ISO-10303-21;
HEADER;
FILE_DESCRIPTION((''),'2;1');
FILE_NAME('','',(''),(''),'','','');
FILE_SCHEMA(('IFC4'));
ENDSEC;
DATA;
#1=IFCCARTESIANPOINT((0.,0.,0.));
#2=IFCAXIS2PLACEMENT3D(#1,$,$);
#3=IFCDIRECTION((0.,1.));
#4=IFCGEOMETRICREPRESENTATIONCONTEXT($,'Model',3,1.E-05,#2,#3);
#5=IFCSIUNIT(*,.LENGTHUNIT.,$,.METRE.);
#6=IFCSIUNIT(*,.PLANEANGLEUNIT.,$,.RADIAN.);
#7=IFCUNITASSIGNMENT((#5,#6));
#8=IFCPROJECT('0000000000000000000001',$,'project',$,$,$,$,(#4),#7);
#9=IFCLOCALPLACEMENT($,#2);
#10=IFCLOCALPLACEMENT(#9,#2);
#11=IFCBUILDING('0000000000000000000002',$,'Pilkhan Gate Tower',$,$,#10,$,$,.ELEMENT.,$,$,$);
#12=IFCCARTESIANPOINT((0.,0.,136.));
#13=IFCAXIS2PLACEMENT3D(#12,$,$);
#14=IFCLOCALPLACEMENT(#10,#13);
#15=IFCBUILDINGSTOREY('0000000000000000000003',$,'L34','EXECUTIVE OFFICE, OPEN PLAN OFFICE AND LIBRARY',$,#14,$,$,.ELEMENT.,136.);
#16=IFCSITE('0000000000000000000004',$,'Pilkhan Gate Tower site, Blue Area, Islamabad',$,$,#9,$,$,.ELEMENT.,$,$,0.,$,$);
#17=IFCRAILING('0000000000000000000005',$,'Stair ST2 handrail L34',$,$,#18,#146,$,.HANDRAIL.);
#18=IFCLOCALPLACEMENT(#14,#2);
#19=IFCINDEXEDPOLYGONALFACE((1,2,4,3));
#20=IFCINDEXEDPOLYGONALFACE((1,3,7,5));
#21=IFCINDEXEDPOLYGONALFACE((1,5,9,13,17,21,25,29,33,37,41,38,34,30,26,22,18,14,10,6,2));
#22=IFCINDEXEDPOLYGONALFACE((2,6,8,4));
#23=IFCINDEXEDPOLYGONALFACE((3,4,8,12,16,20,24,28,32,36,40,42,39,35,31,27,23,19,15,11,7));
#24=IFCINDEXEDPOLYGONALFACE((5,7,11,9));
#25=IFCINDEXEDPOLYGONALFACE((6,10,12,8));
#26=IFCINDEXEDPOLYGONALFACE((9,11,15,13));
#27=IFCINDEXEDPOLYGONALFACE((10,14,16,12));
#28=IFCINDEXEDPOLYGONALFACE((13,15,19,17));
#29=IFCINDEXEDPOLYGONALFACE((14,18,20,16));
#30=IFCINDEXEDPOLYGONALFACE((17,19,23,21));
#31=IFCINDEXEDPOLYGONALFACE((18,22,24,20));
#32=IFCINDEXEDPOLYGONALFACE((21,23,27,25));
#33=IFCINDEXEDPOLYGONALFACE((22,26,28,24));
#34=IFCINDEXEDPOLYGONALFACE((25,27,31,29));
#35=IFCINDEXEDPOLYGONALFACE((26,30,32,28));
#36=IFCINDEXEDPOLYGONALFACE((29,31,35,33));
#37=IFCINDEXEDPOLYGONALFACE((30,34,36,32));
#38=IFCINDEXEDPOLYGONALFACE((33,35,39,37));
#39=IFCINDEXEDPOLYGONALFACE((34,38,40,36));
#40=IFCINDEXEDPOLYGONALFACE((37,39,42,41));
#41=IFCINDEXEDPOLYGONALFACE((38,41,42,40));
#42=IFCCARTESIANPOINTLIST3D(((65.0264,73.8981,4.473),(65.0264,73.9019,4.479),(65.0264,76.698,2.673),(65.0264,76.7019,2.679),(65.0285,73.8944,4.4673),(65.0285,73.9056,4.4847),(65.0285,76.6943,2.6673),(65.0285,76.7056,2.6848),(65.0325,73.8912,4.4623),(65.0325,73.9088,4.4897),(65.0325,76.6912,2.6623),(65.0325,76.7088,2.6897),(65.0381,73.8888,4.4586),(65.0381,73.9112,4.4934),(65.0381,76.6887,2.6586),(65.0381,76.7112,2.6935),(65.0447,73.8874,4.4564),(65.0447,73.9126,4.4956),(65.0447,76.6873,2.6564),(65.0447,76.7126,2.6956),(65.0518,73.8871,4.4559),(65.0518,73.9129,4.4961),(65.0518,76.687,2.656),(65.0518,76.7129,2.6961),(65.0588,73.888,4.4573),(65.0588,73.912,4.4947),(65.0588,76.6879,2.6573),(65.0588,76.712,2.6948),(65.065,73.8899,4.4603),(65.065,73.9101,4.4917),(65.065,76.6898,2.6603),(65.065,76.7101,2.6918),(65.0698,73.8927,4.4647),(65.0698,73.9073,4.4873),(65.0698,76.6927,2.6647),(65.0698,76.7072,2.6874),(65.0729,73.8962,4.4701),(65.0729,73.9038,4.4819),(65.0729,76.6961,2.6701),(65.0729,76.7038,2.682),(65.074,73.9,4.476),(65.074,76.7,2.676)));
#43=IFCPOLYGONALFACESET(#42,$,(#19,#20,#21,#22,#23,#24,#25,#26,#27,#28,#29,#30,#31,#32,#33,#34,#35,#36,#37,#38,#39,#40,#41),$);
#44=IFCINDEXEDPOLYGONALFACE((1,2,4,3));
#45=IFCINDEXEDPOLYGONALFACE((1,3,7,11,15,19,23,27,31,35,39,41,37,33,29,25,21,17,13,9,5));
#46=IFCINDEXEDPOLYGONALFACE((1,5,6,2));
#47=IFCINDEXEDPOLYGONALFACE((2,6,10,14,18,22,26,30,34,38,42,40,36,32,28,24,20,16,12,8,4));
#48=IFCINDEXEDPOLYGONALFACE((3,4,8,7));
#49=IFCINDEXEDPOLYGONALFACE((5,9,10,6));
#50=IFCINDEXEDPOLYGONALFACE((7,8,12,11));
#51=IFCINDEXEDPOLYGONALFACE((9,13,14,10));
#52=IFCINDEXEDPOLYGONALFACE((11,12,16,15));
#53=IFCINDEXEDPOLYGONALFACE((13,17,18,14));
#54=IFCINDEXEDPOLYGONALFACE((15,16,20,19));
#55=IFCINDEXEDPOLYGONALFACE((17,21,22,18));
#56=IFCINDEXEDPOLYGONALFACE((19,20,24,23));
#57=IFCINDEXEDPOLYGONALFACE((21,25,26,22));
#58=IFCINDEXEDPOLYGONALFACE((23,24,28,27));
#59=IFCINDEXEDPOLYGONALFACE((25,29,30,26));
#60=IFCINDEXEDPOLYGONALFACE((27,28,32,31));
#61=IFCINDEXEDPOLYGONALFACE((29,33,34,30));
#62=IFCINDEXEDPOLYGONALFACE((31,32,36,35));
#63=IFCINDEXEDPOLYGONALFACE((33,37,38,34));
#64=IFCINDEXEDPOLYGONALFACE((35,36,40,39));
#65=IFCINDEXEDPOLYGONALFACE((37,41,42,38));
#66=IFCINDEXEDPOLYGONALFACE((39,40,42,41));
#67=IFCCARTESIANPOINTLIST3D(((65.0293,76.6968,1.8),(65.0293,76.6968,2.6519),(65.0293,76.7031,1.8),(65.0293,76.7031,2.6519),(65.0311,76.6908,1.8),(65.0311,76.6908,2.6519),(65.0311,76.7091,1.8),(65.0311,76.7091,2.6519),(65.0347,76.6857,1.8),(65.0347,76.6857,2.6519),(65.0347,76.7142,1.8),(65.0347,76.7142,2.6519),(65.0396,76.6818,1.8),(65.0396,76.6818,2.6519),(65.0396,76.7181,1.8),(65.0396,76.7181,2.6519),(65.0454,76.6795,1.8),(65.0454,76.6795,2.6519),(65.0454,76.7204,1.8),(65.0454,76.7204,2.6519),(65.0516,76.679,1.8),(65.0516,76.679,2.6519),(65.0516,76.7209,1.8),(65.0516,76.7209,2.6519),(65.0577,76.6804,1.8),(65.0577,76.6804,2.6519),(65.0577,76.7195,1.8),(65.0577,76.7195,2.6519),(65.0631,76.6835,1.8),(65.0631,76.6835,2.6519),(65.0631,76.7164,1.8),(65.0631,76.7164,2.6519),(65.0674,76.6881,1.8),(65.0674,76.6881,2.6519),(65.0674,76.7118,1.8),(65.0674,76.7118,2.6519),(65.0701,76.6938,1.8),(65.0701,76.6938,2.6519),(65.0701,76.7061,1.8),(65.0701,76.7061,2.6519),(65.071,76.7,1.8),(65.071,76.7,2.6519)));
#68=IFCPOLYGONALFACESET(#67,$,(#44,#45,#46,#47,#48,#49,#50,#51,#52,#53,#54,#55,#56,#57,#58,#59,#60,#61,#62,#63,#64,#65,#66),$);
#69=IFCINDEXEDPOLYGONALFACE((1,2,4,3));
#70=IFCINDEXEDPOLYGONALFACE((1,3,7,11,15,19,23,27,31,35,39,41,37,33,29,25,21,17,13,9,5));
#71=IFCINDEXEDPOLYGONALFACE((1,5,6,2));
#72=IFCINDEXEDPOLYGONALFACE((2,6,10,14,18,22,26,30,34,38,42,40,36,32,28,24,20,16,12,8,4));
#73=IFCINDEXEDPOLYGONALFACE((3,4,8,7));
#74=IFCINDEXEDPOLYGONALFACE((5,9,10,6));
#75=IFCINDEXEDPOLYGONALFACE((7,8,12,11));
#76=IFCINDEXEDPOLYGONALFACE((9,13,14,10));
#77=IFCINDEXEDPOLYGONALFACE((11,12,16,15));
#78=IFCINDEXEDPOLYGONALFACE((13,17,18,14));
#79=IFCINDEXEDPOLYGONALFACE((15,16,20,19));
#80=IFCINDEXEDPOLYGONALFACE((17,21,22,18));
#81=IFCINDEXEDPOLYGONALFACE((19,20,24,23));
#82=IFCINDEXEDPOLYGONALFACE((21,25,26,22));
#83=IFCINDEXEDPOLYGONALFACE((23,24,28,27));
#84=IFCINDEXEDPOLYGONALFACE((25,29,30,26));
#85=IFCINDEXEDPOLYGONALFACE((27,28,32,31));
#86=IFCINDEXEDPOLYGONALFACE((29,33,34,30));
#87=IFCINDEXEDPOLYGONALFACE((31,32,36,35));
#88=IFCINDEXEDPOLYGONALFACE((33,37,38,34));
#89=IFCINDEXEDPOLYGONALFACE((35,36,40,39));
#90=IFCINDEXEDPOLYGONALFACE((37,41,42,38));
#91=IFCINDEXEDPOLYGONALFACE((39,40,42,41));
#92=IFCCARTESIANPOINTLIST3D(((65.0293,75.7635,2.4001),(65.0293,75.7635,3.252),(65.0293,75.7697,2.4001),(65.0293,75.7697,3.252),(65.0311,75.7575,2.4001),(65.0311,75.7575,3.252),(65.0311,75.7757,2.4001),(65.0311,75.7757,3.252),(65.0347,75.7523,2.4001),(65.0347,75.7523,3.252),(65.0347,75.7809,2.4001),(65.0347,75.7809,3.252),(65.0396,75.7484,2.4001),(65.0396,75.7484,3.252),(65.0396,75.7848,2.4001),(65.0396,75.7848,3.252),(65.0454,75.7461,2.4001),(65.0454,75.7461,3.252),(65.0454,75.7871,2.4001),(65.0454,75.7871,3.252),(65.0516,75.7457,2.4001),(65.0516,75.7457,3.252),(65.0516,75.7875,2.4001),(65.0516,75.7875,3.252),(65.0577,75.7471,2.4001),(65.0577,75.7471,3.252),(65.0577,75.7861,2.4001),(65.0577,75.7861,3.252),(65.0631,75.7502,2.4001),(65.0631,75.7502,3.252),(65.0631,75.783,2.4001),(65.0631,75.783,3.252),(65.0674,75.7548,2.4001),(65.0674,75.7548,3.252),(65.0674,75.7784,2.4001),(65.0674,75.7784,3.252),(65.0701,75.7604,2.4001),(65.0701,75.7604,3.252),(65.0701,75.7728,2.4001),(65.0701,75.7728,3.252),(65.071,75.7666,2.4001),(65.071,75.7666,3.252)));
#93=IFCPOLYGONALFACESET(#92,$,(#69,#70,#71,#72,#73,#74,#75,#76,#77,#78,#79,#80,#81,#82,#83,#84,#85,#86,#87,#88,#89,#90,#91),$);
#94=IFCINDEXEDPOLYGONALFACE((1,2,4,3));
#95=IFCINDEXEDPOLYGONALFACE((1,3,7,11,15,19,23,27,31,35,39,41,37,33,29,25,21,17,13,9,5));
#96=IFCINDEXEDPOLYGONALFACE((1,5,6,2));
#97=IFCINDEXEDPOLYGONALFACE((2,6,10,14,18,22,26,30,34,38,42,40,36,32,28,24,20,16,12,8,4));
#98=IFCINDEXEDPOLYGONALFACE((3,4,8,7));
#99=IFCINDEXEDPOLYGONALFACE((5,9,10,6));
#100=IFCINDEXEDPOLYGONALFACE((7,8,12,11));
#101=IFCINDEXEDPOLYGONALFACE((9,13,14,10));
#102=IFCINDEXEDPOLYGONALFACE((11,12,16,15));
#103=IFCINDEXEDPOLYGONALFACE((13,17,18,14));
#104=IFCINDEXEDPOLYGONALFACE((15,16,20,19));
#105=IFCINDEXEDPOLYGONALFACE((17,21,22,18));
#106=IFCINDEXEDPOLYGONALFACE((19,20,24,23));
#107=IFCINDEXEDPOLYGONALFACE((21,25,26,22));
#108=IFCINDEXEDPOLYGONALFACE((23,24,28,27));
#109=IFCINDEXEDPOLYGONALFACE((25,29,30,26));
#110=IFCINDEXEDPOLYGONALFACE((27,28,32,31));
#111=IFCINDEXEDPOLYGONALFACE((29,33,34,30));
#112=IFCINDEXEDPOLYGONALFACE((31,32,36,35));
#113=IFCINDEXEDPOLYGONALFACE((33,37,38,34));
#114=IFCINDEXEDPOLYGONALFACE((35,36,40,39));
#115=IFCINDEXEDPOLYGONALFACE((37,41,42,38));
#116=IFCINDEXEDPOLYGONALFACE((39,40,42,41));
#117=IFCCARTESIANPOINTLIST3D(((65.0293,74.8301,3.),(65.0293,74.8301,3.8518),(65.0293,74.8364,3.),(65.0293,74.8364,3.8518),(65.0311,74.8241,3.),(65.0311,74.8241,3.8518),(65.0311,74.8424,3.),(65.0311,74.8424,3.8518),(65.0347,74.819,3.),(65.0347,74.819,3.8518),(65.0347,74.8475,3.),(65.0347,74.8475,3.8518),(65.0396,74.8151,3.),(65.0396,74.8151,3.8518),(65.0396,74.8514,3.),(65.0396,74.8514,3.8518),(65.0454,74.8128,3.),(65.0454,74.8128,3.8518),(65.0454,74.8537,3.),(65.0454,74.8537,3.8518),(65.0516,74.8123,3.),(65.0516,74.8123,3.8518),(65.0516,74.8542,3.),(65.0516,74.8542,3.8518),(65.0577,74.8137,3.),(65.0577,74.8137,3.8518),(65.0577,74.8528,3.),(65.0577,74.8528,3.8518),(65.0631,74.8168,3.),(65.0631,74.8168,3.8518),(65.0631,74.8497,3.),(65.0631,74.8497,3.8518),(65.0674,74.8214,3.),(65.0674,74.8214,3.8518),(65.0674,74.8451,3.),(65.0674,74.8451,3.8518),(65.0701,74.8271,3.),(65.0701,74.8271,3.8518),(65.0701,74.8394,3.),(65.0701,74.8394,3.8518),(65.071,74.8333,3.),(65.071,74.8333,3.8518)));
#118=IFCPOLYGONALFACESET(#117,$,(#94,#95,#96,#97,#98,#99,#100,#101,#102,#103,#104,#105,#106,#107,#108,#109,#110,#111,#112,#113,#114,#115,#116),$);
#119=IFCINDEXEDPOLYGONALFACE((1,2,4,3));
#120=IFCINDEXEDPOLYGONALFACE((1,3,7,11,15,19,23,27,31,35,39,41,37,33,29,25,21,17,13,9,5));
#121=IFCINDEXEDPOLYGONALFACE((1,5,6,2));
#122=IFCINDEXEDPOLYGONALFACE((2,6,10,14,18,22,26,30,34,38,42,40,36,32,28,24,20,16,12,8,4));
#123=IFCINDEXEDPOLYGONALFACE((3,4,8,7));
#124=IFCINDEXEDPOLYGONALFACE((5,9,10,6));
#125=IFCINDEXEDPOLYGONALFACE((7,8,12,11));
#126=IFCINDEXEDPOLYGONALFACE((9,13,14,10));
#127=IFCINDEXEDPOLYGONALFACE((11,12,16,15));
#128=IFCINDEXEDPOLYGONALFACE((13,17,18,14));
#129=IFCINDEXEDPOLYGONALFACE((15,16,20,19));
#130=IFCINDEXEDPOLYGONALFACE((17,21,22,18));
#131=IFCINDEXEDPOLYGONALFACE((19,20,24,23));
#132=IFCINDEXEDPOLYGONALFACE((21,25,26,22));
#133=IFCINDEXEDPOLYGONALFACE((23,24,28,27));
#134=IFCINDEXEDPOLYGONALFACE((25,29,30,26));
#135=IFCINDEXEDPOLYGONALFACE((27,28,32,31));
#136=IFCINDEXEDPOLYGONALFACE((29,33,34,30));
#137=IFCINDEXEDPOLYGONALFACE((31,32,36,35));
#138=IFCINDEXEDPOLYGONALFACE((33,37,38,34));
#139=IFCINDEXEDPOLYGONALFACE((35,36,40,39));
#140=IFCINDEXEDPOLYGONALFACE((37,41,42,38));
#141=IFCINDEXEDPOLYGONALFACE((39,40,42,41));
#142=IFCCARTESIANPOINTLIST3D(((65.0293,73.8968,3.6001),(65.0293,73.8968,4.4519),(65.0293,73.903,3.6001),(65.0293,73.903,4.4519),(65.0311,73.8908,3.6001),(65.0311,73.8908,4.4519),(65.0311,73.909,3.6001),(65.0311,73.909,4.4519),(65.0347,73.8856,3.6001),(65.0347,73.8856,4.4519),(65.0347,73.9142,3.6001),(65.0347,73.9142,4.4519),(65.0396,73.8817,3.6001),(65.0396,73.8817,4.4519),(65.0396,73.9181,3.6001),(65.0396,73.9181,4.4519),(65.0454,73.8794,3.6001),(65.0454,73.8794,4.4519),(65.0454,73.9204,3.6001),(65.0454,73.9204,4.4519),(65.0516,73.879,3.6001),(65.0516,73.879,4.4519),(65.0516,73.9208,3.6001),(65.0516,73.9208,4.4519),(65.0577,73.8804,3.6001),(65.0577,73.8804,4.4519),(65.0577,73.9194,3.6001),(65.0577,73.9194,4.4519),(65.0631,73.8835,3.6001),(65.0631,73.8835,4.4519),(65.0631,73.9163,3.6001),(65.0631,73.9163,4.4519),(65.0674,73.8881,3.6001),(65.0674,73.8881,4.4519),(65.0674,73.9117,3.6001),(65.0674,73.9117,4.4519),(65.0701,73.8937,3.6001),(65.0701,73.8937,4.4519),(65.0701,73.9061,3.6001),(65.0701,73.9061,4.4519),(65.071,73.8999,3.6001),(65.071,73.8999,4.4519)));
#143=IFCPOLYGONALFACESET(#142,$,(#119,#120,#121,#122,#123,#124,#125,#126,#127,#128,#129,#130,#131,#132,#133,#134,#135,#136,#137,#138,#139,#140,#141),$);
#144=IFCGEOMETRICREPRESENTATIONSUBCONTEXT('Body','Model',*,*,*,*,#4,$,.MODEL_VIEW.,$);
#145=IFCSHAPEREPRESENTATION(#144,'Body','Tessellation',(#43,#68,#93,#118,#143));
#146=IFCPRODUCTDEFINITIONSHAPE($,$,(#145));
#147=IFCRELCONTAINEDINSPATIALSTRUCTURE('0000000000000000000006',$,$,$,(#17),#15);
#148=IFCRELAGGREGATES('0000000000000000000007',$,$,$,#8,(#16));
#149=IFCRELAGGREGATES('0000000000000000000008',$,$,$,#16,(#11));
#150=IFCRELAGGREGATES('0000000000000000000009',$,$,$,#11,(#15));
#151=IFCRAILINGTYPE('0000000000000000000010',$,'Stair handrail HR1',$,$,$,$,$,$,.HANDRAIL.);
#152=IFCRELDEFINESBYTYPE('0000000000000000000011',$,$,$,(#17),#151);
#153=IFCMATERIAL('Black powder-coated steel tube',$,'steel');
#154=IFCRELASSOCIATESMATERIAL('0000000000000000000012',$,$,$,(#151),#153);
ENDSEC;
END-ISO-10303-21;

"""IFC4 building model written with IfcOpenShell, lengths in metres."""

from ifc_helpers import new_model, si_unit, direction, frame, origin, origin_2d, place, context, subcontext, project, spatial, circle, extrude, material, type_object, element, save


model = new_model("IFC4")

# Units and contexts
model_context = context("Model", 3, precision=1e-05, world=origin(), true_north=direction((0.0, 1.0)))
body_context = subcontext(model_context, "Body", "Model", "MODEL_VIEW")
ifc_project = project(units=[si_unit("LENGTHUNIT", "METRE"), si_unit("PLANEANGLEUNIT", "RADIAN")], contexts=[model_context])

# Site, building, storey
site_placement = place(None, origin())
site = spatial("IfcSite", under=ifc_project, at=site_placement, Name="Pilkhan Gate Tower site, Blue Area, Islamabad", CompositionType="ELEMENT", RefElevation=0.0)
building_placement = place(site_placement, origin())
building = spatial("IfcBuilding", under=site, at=building_placement, Name="Pilkhan Gate Tower", CompositionType="ELEMENT")
storey_placement = place(building_placement, frame((0.0, 0.0, 136.0)))
storey = spatial("IfcBuildingStorey", under=building, at=storey_placement, Name="L34", Description="EXECUTIVE OFFICE, OPEN PLAN OFFICE AND LIBRARY", CompositionType="ELEMENT", Elevation=136.0)

# Railing
ifc_material_1 = material(Name="Black powder-coated steel tube", Category="steel")
railing_type_1 = type_object("IfcRailingType", Name="Stair handrail HR1", PredefinedType="HANDRAIL", material=ifc_material_1)
railing_1_placement = place(storey_placement, frame((65.05, 76.7, 1.8)))
element("IfcRailing", 1, at=railing_1_placement, inside=storey, type_object=railing_type_1, Name="Stair ST2 handrail L34", PredefinedType="HANDRAIL", context=body_context, shape_type="SweptSolid", body=[
    extrude(circle(Radius=0.0239, at=origin_2d()), frame((0.0, 0.0, 0.876), z_axis=(0.0, -0.841176, 0.540761), x_axis=(1.0, 0.0, 0.0)), (0.0, 0.0, 1.0), 3.3286),
    extrude(circle(Radius=0.021, at=origin_2d()), origin(), (0.0, 0.0, 1.0), 0.8518),
    extrude(circle(Radius=0.021, at=origin_2d()), frame((0.0, -0.9333, 0.6001)), (0.0, 0.0, 1.0), 0.8518),
    extrude(circle(Radius=0.021, at=origin_2d()), frame((0.0, -1.8667, 1.2)), (0.0, 0.0, 1.0), 0.8518),
    extrude(circle(Radius=0.021, at=origin_2d()), frame((0.0, -2.8, 1.8)), (0.0, 0.0, 1.0), 0.8518),
])

save(model, "model.ifc")
